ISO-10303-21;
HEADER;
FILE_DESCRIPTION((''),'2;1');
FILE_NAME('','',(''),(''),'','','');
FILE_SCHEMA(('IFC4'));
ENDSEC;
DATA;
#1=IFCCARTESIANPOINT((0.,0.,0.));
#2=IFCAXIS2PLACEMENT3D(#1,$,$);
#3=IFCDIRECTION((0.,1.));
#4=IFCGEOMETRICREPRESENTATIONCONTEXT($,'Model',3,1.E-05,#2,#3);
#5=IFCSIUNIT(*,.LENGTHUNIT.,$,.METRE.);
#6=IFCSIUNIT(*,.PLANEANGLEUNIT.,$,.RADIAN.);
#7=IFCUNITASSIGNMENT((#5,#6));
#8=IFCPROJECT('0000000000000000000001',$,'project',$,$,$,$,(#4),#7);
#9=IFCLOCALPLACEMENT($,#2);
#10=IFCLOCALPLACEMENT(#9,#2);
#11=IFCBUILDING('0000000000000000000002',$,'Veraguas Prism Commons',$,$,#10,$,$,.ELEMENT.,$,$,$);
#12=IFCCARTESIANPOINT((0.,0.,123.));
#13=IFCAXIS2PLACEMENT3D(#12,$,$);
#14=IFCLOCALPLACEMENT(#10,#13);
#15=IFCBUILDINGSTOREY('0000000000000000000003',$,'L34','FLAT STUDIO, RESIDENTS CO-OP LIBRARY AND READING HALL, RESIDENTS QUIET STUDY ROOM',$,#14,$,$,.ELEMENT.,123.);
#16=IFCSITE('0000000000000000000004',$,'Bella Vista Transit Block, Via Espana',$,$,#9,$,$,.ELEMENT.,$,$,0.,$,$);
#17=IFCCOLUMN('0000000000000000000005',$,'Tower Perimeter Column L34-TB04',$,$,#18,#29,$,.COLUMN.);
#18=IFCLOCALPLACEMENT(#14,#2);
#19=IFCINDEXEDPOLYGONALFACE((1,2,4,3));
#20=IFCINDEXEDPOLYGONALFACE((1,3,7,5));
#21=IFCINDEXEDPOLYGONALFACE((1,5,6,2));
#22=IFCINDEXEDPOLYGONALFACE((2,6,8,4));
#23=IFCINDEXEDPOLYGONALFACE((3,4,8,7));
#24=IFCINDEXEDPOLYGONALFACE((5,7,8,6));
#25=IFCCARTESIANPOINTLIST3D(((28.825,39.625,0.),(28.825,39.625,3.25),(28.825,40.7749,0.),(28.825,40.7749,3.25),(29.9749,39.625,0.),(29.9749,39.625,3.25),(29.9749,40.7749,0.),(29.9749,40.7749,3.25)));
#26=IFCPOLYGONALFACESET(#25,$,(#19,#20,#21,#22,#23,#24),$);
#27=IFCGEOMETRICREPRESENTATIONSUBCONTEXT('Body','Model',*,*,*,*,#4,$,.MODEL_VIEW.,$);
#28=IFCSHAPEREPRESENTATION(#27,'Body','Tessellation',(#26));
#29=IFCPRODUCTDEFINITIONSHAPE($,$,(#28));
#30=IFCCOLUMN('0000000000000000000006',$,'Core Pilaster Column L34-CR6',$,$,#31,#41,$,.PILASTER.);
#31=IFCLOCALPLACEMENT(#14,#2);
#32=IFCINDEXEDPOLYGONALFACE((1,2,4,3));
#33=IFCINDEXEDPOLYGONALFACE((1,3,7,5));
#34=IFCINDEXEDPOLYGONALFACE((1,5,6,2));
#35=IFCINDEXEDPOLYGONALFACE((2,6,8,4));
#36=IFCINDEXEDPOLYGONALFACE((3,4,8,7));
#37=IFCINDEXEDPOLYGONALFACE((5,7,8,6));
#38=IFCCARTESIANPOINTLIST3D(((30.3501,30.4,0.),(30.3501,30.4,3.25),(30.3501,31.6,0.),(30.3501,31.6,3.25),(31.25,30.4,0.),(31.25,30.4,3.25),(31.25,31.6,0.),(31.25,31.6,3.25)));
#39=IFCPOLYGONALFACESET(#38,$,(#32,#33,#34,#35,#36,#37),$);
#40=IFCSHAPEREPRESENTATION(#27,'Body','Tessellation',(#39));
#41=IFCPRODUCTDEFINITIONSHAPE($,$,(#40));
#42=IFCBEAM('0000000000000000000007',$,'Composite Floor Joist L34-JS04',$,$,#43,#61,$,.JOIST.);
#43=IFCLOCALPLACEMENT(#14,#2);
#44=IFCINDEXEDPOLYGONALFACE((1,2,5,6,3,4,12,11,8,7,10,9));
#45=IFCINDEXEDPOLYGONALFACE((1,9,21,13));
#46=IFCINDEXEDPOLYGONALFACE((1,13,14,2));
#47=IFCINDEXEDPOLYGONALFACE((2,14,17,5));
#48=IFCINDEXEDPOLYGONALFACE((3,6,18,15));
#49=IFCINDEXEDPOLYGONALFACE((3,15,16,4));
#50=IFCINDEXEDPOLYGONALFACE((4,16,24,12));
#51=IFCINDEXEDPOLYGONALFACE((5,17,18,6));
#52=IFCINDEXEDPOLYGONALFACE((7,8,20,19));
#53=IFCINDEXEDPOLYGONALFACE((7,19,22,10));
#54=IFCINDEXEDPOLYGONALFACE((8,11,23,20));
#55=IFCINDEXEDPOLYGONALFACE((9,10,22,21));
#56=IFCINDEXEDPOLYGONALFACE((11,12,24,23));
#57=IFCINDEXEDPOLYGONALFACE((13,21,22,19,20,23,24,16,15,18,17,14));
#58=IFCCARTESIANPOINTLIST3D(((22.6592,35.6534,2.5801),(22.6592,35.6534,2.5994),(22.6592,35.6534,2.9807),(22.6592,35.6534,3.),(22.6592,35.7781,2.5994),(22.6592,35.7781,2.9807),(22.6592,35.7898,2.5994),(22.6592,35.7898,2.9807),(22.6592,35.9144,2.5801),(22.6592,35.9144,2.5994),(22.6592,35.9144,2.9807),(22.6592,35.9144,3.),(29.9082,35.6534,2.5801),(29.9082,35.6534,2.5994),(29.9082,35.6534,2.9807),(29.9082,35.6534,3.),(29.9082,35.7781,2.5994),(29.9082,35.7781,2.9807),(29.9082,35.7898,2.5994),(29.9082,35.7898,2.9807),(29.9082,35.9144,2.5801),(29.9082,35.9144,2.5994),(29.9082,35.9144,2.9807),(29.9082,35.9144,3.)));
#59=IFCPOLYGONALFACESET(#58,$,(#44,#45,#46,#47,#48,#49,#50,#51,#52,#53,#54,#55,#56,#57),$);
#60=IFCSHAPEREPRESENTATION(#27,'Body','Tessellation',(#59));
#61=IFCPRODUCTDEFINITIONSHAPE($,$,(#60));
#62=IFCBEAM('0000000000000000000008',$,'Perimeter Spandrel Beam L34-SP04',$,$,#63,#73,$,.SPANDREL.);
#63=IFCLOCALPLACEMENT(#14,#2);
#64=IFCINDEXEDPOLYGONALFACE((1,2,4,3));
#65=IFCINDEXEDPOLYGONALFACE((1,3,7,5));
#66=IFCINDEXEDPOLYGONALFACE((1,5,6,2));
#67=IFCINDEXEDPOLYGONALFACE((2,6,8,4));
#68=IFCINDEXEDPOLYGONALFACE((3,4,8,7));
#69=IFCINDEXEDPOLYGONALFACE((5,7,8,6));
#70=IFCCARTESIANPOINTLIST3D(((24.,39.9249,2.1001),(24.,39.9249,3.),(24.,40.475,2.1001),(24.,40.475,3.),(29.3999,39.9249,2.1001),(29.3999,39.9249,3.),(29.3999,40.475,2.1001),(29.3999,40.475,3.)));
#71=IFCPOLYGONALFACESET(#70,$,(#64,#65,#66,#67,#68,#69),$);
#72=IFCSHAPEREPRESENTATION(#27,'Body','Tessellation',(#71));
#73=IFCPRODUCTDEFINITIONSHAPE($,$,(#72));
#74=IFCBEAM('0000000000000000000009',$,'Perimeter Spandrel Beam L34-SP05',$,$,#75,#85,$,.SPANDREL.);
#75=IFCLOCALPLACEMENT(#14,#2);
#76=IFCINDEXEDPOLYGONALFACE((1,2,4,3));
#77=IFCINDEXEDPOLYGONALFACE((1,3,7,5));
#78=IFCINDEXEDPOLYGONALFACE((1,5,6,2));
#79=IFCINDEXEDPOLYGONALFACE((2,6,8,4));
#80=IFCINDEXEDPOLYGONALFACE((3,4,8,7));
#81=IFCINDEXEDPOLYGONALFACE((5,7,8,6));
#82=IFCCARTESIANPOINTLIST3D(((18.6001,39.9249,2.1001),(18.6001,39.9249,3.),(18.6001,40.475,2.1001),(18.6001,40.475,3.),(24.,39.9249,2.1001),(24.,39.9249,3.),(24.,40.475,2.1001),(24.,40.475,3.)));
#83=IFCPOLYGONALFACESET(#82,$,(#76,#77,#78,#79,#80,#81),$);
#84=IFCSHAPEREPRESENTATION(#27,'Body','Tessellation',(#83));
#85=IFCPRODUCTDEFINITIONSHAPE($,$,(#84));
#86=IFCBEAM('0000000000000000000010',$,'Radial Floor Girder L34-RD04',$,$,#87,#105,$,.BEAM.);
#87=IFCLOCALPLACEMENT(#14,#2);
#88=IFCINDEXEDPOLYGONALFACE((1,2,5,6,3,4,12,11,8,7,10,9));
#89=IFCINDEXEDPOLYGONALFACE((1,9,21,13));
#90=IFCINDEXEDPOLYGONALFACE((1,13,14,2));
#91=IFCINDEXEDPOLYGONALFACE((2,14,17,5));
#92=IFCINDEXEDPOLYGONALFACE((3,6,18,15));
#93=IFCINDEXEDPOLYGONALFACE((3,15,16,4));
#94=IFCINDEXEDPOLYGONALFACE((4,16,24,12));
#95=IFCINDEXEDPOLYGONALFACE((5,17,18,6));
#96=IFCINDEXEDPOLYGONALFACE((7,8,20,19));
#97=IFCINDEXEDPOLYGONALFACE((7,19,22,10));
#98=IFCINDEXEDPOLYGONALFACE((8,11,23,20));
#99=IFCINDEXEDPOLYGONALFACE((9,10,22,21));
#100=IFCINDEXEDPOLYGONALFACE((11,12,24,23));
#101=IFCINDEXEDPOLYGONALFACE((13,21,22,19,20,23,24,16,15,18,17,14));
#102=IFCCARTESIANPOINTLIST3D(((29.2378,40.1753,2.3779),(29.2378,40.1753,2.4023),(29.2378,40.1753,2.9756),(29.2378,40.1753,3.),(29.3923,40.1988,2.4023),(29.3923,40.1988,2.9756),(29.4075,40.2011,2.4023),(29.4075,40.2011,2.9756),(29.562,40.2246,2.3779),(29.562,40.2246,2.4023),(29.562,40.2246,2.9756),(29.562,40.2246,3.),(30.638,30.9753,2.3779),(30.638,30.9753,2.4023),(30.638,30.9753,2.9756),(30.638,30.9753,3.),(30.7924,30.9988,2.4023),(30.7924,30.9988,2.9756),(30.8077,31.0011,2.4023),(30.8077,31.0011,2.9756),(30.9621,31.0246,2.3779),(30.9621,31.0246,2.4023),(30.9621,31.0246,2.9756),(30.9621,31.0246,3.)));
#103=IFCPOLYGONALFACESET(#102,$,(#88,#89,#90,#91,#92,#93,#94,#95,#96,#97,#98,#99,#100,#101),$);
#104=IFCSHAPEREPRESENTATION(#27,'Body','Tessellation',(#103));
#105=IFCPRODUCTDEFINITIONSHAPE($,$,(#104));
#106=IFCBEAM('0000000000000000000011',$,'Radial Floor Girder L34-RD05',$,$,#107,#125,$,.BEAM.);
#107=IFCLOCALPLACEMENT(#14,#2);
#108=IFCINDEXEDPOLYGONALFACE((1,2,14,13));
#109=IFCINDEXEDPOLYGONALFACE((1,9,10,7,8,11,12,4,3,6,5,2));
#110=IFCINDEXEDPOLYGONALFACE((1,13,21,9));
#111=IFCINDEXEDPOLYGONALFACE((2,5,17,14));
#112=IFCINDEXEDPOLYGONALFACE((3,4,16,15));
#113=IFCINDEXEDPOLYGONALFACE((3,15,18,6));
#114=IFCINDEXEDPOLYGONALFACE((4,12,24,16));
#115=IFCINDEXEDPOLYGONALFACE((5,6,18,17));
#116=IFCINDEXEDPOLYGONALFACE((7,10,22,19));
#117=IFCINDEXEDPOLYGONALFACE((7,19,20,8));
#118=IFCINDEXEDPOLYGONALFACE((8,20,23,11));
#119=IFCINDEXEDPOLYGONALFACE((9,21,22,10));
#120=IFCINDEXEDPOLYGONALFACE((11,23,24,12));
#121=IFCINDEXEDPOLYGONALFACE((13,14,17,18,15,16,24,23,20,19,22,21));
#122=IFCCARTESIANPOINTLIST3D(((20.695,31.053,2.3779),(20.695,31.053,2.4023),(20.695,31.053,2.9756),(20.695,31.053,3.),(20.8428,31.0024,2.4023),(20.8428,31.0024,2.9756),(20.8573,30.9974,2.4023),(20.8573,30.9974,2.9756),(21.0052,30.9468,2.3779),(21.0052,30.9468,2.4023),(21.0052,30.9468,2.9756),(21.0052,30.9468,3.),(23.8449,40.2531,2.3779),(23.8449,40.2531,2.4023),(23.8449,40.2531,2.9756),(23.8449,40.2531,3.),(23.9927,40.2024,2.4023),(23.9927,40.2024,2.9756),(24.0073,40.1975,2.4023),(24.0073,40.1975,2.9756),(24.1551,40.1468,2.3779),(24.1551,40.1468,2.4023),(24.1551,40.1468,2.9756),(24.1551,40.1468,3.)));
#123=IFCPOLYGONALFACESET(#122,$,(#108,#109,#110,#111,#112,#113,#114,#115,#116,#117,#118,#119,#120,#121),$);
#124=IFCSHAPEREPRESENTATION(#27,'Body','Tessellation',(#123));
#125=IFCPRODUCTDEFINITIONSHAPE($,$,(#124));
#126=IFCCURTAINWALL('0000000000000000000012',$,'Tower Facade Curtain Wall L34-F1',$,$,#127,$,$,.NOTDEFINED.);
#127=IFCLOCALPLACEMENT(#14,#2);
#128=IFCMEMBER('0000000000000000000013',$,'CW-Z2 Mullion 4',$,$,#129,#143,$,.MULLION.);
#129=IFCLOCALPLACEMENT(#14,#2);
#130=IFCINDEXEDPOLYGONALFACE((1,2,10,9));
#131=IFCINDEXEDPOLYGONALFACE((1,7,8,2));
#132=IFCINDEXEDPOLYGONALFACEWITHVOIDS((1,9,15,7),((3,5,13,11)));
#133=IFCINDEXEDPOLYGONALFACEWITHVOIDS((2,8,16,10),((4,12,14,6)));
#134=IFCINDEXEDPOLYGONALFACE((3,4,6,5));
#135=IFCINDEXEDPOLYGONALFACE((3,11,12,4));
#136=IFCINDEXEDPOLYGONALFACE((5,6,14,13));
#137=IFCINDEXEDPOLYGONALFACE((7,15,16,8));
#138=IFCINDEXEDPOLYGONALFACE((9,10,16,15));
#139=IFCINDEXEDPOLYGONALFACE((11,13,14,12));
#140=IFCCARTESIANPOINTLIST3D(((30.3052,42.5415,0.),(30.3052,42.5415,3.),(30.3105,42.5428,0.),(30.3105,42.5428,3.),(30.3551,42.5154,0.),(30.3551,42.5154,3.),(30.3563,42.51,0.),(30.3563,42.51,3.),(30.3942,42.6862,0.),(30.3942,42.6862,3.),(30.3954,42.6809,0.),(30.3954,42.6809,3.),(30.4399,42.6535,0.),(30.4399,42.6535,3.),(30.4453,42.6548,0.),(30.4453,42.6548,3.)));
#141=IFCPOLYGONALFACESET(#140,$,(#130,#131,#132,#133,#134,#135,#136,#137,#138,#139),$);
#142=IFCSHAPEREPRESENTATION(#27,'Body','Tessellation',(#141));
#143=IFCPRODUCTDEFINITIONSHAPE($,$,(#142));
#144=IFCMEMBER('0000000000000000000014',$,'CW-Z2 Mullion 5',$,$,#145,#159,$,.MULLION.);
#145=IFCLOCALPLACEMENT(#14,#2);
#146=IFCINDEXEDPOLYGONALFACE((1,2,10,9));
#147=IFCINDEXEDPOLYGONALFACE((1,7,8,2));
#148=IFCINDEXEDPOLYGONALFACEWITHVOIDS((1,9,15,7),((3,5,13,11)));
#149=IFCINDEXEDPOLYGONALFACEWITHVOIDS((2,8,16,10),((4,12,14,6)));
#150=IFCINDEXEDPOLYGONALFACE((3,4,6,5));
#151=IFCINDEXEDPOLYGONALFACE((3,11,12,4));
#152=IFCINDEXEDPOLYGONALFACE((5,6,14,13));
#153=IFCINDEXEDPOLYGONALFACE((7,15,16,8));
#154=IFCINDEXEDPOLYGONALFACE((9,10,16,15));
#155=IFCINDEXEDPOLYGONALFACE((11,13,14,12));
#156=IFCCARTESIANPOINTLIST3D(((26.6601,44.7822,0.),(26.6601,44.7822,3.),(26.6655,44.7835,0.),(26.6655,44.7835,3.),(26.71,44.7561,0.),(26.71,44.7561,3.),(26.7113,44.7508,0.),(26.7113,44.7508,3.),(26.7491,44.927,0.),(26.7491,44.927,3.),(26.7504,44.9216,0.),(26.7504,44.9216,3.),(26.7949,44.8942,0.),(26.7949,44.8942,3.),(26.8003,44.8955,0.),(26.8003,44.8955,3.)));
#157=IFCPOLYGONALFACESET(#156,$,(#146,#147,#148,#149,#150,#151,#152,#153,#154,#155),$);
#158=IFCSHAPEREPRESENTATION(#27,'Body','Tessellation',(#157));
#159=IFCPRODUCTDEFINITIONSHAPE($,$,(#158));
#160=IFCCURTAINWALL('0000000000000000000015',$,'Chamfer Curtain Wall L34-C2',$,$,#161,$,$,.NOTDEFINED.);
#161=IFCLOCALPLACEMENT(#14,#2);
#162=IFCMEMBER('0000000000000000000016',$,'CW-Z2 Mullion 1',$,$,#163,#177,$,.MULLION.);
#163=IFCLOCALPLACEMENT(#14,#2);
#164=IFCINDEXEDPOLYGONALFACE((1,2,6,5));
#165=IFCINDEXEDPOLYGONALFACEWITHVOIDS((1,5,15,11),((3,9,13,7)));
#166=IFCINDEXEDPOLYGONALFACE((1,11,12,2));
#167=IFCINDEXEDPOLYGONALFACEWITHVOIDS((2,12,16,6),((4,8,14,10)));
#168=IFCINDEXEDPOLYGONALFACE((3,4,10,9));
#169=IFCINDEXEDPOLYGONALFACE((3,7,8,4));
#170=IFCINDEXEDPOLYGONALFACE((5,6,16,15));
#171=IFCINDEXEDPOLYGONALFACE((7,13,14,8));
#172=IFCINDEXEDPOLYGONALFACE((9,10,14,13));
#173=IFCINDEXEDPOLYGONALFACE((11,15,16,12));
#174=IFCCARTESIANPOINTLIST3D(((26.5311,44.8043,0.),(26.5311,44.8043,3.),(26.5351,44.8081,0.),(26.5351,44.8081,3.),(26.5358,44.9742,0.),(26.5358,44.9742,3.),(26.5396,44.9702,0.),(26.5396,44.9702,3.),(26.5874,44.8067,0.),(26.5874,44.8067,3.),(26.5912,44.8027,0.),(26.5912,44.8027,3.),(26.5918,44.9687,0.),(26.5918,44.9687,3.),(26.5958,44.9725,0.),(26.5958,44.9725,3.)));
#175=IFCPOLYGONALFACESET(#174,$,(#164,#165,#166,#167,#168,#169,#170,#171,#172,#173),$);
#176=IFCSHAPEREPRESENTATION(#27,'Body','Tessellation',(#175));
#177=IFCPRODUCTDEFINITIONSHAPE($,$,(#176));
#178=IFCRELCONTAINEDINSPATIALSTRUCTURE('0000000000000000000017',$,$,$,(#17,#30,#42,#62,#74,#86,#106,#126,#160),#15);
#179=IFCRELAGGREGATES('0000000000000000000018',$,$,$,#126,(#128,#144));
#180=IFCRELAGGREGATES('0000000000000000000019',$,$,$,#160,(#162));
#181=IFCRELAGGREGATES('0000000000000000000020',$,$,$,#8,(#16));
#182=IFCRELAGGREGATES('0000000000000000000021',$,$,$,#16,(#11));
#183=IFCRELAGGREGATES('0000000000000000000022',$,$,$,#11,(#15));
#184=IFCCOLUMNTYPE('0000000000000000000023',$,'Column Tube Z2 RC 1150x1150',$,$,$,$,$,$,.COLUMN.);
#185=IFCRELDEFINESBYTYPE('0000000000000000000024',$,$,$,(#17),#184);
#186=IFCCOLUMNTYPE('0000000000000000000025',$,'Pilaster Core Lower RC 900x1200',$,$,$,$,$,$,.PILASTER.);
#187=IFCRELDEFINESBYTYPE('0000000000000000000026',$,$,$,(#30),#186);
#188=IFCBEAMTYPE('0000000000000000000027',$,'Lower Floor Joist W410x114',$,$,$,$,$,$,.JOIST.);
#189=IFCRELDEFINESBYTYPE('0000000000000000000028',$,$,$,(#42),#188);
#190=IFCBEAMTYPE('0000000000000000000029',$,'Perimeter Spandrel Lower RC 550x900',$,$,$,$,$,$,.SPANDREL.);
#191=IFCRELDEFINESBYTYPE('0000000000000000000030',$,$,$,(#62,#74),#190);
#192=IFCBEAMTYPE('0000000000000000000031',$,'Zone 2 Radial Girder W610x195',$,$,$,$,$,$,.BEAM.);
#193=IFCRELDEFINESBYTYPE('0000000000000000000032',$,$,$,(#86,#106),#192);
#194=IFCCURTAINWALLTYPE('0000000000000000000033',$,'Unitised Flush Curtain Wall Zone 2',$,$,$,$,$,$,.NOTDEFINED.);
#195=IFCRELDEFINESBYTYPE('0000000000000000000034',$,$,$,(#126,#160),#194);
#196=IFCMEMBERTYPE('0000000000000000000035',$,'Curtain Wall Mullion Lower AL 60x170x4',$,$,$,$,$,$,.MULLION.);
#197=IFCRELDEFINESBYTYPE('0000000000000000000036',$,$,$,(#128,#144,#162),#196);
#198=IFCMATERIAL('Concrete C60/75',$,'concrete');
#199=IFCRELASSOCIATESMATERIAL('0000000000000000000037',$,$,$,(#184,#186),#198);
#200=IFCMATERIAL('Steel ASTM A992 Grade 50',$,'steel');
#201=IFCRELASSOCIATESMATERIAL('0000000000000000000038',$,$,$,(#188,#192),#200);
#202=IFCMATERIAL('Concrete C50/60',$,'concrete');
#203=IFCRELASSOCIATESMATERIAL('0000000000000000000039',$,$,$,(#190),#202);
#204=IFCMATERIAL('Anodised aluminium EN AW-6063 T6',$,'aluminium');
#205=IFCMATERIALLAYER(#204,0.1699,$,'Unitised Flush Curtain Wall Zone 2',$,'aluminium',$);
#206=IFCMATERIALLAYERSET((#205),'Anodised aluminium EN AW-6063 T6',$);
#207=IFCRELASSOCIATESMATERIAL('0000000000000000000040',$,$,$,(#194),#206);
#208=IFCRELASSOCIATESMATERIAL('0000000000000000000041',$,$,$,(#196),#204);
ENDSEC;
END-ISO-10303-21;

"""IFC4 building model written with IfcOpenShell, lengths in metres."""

from ifc_helpers import new_model, si_unit, direction, frame, origin, origin_2d, place, context, subcontext, project, spatial, rectangle, hollow_rectangle, i_section, extrude, source, transform, mapped, material, layer, layer_set, material_profile, profile_set, type_object, element, aggregate, save


model = new_model("IFC4")

# Units and contexts
model_context = context("Model", 3, precision=1e-05, world=origin(), true_north=direction((0.0, 1.0)))
body_context = subcontext(model_context, "Body", "Model", "MODEL_VIEW")
ifc_project = project(units=[si_unit("LENGTHUNIT", "METRE"), si_unit("PLANEANGLEUNIT", "RADIAN")], contexts=[model_context])

# Site, building, storey
site_placement = place(None, origin())
site = spatial("IfcSite", under=ifc_project, at=site_placement, Name="Bella Vista Transit Block, Via Espana", CompositionType="ELEMENT", RefElevation=0.0)
building_placement = place(site_placement, origin())
building = spatial("IfcBuilding", under=site, at=building_placement, Name="Veraguas Prism Commons", CompositionType="ELEMENT")
storey_placement = place(building_placement, frame((0.0, 0.0, 123.0)))
storey = spatial("IfcBuildingStorey", under=building, at=storey_placement, Name="L34", Description="FLAT STUDIO, RESIDENTS CO-OP LIBRARY AND READING HALL, RESIDENTS QUIET STUDY ROOM", CompositionType="ELEMENT", Elevation=123.0)

# Columns
ifc_material_1 = material(Name="Concrete C60/75", Category="concrete")
ifc_material_profile_1 = material_profile(ifc_material_1, rectangle(XDim=1.1499, YDim=1.1499, at=origin_2d()), Name="RC1150X1150")
ifc_profile_set_1 = profile_set([ifc_material_profile_1], Name="Concrete C60/75")
column_type_1 = type_object("IfcColumnType", Name="Column Tube Z2 RC 1150x1150", PredefinedType="COLUMN", material=ifc_profile_set_1)
column_1_placement = place(storey_placement, frame((29.3999, 40.2, 0.0), z_axis=(0.0, 0.0, 1.0), x_axis=(1.0, 0.0, 0.0)))
element("IfcColumn", 1, at=column_1_placement, inside=storey, type_object=column_type_1, Name="Tower Perimeter Column L34-TB04", PredefinedType="COLUMN", context=body_context, shape_type="SweptSolid", body=[
    extrude(rectangle(XDim=1.1499, YDim=1.1499, at=origin_2d()), origin(), (0.0, 0.0, 1.0), 3.25),
])
ifc_material_profile_2 = material_profile(ifc_material_1, rectangle(XDim=0.8999, YDim=1.2, at=origin_2d()), Name="RC900X1200")
ifc_profile_set_2 = profile_set([ifc_material_profile_2], Name="Concrete C60/75")
column_type_2 = type_object("IfcColumnType", Name="Pilaster Core Lower RC 900x1200", PredefinedType="PILASTER", material=ifc_profile_set_2)
column_2_placement = place(storey_placement, frame((30.8, 31.0, 0.0), z_axis=(0.0, 0.0, 1.0), x_axis=(1.0, 0.0, 0.0)))
element("IfcColumn", 2, at=column_2_placement, inside=storey, type_object=column_type_2, Name="Core Pilaster Column L34-CR6", PredefinedType="PILASTER", context=body_context, shape_type="SweptSolid", body=[
    extrude(rectangle(XDim=0.8999, YDim=1.2, at=origin_2d()), origin(), (0.0, 0.0, 1.0), 3.25),
])

# Beams
ifc_material_2 = material(Name="Steel ASTM A992 Grade 50", Category="steel")
ifc_material_profile_3 = material_profile(ifc_material_2, i_section(OverallWidth=0.261, OverallDepth=0.4199, WebThickness=0.0117, FlangeThickness=0.0193, at=origin_2d()), Name="W410X114")
ifc_profile_set_3 = profile_set([ifc_material_profile_3], Name="Steel ASTM A992 Grade 50")
beam_type_1 = type_object("IfcBeamType", Name="Lower Floor Joist W410x114", PredefinedType="JOIST", material=ifc_profile_set_3)
beam_1_placement = place(storey_placement, frame((29.9082, 35.7839, 2.79), z_axis=(-1.0, 0.0, 0.0), x_axis=(0.0, -1.0, 0.0)))
element("IfcBeam", 3, at=beam_1_placement, inside=storey, type_object=beam_type_1, Name="Composite Floor Joist L34-JS04", PredefinedType="JOIST", context=body_context, shape_type="SweptSolid", body=[
    extrude(i_section(OverallWidth=0.261, OverallDepth=0.4199, WebThickness=0.0117, FlangeThickness=0.0193, at=origin_2d()), origin(), (0.0, 0.0, 1.0), 7.249),
])
ifc_material_3 = material(Name="Concrete C50/60", Category="concrete")
ifc_material_profile_4 = material_profile(ifc_material_3, rectangle(XDim=0.55, YDim=0.8999, at=origin_2d()), Name="RC550X900")
ifc_profile_set_4 = profile_set([ifc_material_profile_4], Name="Concrete C50/60")
beam_type_2 = type_object("IfcBeamType", Name="Perimeter Spandrel Lower RC 550x900", PredefinedType="SPANDREL", material=ifc_profile_set_4)
for number, where, z_axis, x_axis, name in (
    (4, (29.3999, 40.2, 2.55), (-1.0, 0.0, 0.0), (0.0, -1.0, 0.0), "Perimeter Spandrel Beam L34-SP04"),
    (5, (24.0, 40.2, 2.55), (-1.0, 0.0, 0.0), (0.0, -1.0, 0.0), "Perimeter Spandrel Beam L34-SP05"),
):
    element("IfcBeam", number, at=place(storey_placement, frame(where, z_axis=z_axis, x_axis=x_axis)), inside=storey, type_object=beam_type_2, Name=name, PredefinedType="SPANDREL", context=body_context, shape_type="SweptSolid", body=[
        extrude(rectangle(XDim=0.55, YDim=0.8999, at=origin_2d()), origin(), (0.0, 0.0, 1.0), 5.3999),
    ])
ifc_material_profile_5 = material_profile(ifc_material_2, i_section(OverallWidth=0.3279, OverallDepth=0.6221, WebThickness=0.0154, FlangeThickness=0.0244, at=origin_2d()), Name="W610X195")
ifc_profile_set_5 = profile_set([ifc_material_profile_5], Name="Steel ASTM A992 Grade 50")
beam_type_3 = type_object("IfcBeamType", Name="Zone 2 Radial Girder W610x195", PredefinedType="BEAM", material=ifc_profile_set_5)
beam_2_placement = place(storey_placement, frame((29.3999, 40.2, 2.689), z_axis=(0.150458, -0.988616, 0.0), x_axis=(0.988616, 0.150458, 0.0)))
element("IfcBeam", 6, at=beam_2_placement, inside=storey, type_object=beam_type_3, Name="Radial Floor Girder L34-RD04", PredefinedType="BEAM", context=body_context, shape_type="SweptSolid", body=[
    extrude(i_section(OverallWidth=0.3279, OverallDepth=0.6221, WebThickness=0.0154, FlangeThickness=0.0244, at=origin_2d()), origin(), (0.0, 0.0, 1.0), 9.3059),
])
beam_3_placement = place(storey_placement, frame((24.0, 40.2, 2.689), z_axis=(-0.323922, -0.946084, 0.0), x_axis=(0.946084, -0.323922, 0.0)))
element("IfcBeam", 7, at=beam_3_placement, inside=storey, type_object=beam_type_3, Name="Radial Floor Girder L34-RD05", PredefinedType="BEAM", context=body_context, shape_type="SweptSolid", body=[
    extrude(i_section(OverallWidth=0.3279, OverallDepth=0.6221, WebThickness=0.0154, FlangeThickness=0.0244, at=origin_2d()), origin(), (0.0, 0.0, 1.0), 9.7244),
])

# Curtain walls, members
ifc_material_4 = material(Name="Anodised aluminium EN AW-6063 T6", Category="aluminium")
ifc_layer_1 = layer(ifc_material_4, 0.1699, Name="Unitised Flush Curtain Wall Zone 2", Category="aluminium")
ifc_layer_set_1 = layer_set([ifc_layer_1], Name="Anodised aluminium EN AW-6063 T6")
curtain_wall_type = type_object("IfcCurtainWallType", Name="Unitised Flush Curtain Wall Zone 2", PredefinedType="NOTDEFINED", material=ifc_layer_set_1)
curtain_wall_1_placement = place(storey_placement, origin())
curtain_wall_1 = element("IfcCurtainWall", 8, at=curtain_wall_1_placement, inside=storey, type_object=curtain_wall_type, Name="Tower Facade Curtain Wall L34-F1", PredefinedType="NOTDEFINED")
ifc_material_profile_6 = material_profile(ifc_material_4, hollow_rectangle(XDim=0.0601, YDim=0.1699, WallThickness=0.0039, at=origin_2d()), Name="AL60X170X4")
ifc_profile_set_6 = profile_set([ifc_material_profile_6], Name="Anodised aluminium EN AW-6063 T6")
member_type_1 = type_object("IfcMemberType", Name="Curtain Wall Mullion Lower AL 60x170x4", PredefinedType="MULLION", material=ifc_profile_set_6)
shared_shape_1 = source(origin(), body_context, "Body", "SweptSolid", [
    extrude(hollow_rectangle(XDim=0.0601, YDim=0.1699, WallThickness=0.0039, at=origin_2d()), origin(), (0.0, 0.0, 1.0), 3.0),
])
member_1_placement = place(storey_placement, frame((30.3752, 42.5981, 0.0), z_axis=(0.0, 0.0, 1.0), x_axis=(-0.851908, 0.523692, 0.0)))
member_1 = element("IfcMember", 9, at=member_1_placement, type_object=member_type_1, Name="CW-Z2 Mullion 4", PredefinedType="MULLION", context=body_context, shape_type="MappedRepresentation", body=[
    mapped(shared_shape_1, transform((0.0, 0.0, 0.0), scale=1.0)),
])
member_2_placement = place(storey_placement, frame((26.7302, 44.8389, 0.0), z_axis=(0.0, 0.0, 1.0), x_axis=(-0.851908, 0.523692, 0.0)))
member_2 = element("IfcMember", 10, at=member_2_placement, type_object=member_type_1, Name="CW-Z2 Mullion 5", PredefinedType="MULLION", context=body_context, shape_type="MappedRepresentation", body=[
    mapped(shared_shape_1, transform((0.0, 0.0, 0.0), scale=1.0)),
])
curtain_wall_2_placement = place(storey_placement, origin())
curtain_wall_2 = element("IfcCurtainWall", 11, at=curtain_wall_2_placement, inside=storey, type_object=curtain_wall_type, Name="Chamfer Curtain Wall L34-C2", PredefinedType="NOTDEFINED")
member_3_placement = place(storey_placement, frame((26.5635, 44.8884, 0.0), z_axis=(0.0, 0.0, 1.0), x_axis=(-0.999621, 0.027547, 0.0)))
member_3 = element("IfcMember", 12, at=member_3_placement, type_object=member_type_1, Name="CW-Z2 Mullion 1", PredefinedType="MULLION", context=body_context, shape_type="MappedRepresentation", body=[
    mapped(shared_shape_1, transform((0.0, 0.0, 0.0), scale=1.0)),
])

aggregate(curtain_wall_1, [member_1, member_2])
aggregate(curtain_wall_2, [member_3])

save(model, "model.ifc")
